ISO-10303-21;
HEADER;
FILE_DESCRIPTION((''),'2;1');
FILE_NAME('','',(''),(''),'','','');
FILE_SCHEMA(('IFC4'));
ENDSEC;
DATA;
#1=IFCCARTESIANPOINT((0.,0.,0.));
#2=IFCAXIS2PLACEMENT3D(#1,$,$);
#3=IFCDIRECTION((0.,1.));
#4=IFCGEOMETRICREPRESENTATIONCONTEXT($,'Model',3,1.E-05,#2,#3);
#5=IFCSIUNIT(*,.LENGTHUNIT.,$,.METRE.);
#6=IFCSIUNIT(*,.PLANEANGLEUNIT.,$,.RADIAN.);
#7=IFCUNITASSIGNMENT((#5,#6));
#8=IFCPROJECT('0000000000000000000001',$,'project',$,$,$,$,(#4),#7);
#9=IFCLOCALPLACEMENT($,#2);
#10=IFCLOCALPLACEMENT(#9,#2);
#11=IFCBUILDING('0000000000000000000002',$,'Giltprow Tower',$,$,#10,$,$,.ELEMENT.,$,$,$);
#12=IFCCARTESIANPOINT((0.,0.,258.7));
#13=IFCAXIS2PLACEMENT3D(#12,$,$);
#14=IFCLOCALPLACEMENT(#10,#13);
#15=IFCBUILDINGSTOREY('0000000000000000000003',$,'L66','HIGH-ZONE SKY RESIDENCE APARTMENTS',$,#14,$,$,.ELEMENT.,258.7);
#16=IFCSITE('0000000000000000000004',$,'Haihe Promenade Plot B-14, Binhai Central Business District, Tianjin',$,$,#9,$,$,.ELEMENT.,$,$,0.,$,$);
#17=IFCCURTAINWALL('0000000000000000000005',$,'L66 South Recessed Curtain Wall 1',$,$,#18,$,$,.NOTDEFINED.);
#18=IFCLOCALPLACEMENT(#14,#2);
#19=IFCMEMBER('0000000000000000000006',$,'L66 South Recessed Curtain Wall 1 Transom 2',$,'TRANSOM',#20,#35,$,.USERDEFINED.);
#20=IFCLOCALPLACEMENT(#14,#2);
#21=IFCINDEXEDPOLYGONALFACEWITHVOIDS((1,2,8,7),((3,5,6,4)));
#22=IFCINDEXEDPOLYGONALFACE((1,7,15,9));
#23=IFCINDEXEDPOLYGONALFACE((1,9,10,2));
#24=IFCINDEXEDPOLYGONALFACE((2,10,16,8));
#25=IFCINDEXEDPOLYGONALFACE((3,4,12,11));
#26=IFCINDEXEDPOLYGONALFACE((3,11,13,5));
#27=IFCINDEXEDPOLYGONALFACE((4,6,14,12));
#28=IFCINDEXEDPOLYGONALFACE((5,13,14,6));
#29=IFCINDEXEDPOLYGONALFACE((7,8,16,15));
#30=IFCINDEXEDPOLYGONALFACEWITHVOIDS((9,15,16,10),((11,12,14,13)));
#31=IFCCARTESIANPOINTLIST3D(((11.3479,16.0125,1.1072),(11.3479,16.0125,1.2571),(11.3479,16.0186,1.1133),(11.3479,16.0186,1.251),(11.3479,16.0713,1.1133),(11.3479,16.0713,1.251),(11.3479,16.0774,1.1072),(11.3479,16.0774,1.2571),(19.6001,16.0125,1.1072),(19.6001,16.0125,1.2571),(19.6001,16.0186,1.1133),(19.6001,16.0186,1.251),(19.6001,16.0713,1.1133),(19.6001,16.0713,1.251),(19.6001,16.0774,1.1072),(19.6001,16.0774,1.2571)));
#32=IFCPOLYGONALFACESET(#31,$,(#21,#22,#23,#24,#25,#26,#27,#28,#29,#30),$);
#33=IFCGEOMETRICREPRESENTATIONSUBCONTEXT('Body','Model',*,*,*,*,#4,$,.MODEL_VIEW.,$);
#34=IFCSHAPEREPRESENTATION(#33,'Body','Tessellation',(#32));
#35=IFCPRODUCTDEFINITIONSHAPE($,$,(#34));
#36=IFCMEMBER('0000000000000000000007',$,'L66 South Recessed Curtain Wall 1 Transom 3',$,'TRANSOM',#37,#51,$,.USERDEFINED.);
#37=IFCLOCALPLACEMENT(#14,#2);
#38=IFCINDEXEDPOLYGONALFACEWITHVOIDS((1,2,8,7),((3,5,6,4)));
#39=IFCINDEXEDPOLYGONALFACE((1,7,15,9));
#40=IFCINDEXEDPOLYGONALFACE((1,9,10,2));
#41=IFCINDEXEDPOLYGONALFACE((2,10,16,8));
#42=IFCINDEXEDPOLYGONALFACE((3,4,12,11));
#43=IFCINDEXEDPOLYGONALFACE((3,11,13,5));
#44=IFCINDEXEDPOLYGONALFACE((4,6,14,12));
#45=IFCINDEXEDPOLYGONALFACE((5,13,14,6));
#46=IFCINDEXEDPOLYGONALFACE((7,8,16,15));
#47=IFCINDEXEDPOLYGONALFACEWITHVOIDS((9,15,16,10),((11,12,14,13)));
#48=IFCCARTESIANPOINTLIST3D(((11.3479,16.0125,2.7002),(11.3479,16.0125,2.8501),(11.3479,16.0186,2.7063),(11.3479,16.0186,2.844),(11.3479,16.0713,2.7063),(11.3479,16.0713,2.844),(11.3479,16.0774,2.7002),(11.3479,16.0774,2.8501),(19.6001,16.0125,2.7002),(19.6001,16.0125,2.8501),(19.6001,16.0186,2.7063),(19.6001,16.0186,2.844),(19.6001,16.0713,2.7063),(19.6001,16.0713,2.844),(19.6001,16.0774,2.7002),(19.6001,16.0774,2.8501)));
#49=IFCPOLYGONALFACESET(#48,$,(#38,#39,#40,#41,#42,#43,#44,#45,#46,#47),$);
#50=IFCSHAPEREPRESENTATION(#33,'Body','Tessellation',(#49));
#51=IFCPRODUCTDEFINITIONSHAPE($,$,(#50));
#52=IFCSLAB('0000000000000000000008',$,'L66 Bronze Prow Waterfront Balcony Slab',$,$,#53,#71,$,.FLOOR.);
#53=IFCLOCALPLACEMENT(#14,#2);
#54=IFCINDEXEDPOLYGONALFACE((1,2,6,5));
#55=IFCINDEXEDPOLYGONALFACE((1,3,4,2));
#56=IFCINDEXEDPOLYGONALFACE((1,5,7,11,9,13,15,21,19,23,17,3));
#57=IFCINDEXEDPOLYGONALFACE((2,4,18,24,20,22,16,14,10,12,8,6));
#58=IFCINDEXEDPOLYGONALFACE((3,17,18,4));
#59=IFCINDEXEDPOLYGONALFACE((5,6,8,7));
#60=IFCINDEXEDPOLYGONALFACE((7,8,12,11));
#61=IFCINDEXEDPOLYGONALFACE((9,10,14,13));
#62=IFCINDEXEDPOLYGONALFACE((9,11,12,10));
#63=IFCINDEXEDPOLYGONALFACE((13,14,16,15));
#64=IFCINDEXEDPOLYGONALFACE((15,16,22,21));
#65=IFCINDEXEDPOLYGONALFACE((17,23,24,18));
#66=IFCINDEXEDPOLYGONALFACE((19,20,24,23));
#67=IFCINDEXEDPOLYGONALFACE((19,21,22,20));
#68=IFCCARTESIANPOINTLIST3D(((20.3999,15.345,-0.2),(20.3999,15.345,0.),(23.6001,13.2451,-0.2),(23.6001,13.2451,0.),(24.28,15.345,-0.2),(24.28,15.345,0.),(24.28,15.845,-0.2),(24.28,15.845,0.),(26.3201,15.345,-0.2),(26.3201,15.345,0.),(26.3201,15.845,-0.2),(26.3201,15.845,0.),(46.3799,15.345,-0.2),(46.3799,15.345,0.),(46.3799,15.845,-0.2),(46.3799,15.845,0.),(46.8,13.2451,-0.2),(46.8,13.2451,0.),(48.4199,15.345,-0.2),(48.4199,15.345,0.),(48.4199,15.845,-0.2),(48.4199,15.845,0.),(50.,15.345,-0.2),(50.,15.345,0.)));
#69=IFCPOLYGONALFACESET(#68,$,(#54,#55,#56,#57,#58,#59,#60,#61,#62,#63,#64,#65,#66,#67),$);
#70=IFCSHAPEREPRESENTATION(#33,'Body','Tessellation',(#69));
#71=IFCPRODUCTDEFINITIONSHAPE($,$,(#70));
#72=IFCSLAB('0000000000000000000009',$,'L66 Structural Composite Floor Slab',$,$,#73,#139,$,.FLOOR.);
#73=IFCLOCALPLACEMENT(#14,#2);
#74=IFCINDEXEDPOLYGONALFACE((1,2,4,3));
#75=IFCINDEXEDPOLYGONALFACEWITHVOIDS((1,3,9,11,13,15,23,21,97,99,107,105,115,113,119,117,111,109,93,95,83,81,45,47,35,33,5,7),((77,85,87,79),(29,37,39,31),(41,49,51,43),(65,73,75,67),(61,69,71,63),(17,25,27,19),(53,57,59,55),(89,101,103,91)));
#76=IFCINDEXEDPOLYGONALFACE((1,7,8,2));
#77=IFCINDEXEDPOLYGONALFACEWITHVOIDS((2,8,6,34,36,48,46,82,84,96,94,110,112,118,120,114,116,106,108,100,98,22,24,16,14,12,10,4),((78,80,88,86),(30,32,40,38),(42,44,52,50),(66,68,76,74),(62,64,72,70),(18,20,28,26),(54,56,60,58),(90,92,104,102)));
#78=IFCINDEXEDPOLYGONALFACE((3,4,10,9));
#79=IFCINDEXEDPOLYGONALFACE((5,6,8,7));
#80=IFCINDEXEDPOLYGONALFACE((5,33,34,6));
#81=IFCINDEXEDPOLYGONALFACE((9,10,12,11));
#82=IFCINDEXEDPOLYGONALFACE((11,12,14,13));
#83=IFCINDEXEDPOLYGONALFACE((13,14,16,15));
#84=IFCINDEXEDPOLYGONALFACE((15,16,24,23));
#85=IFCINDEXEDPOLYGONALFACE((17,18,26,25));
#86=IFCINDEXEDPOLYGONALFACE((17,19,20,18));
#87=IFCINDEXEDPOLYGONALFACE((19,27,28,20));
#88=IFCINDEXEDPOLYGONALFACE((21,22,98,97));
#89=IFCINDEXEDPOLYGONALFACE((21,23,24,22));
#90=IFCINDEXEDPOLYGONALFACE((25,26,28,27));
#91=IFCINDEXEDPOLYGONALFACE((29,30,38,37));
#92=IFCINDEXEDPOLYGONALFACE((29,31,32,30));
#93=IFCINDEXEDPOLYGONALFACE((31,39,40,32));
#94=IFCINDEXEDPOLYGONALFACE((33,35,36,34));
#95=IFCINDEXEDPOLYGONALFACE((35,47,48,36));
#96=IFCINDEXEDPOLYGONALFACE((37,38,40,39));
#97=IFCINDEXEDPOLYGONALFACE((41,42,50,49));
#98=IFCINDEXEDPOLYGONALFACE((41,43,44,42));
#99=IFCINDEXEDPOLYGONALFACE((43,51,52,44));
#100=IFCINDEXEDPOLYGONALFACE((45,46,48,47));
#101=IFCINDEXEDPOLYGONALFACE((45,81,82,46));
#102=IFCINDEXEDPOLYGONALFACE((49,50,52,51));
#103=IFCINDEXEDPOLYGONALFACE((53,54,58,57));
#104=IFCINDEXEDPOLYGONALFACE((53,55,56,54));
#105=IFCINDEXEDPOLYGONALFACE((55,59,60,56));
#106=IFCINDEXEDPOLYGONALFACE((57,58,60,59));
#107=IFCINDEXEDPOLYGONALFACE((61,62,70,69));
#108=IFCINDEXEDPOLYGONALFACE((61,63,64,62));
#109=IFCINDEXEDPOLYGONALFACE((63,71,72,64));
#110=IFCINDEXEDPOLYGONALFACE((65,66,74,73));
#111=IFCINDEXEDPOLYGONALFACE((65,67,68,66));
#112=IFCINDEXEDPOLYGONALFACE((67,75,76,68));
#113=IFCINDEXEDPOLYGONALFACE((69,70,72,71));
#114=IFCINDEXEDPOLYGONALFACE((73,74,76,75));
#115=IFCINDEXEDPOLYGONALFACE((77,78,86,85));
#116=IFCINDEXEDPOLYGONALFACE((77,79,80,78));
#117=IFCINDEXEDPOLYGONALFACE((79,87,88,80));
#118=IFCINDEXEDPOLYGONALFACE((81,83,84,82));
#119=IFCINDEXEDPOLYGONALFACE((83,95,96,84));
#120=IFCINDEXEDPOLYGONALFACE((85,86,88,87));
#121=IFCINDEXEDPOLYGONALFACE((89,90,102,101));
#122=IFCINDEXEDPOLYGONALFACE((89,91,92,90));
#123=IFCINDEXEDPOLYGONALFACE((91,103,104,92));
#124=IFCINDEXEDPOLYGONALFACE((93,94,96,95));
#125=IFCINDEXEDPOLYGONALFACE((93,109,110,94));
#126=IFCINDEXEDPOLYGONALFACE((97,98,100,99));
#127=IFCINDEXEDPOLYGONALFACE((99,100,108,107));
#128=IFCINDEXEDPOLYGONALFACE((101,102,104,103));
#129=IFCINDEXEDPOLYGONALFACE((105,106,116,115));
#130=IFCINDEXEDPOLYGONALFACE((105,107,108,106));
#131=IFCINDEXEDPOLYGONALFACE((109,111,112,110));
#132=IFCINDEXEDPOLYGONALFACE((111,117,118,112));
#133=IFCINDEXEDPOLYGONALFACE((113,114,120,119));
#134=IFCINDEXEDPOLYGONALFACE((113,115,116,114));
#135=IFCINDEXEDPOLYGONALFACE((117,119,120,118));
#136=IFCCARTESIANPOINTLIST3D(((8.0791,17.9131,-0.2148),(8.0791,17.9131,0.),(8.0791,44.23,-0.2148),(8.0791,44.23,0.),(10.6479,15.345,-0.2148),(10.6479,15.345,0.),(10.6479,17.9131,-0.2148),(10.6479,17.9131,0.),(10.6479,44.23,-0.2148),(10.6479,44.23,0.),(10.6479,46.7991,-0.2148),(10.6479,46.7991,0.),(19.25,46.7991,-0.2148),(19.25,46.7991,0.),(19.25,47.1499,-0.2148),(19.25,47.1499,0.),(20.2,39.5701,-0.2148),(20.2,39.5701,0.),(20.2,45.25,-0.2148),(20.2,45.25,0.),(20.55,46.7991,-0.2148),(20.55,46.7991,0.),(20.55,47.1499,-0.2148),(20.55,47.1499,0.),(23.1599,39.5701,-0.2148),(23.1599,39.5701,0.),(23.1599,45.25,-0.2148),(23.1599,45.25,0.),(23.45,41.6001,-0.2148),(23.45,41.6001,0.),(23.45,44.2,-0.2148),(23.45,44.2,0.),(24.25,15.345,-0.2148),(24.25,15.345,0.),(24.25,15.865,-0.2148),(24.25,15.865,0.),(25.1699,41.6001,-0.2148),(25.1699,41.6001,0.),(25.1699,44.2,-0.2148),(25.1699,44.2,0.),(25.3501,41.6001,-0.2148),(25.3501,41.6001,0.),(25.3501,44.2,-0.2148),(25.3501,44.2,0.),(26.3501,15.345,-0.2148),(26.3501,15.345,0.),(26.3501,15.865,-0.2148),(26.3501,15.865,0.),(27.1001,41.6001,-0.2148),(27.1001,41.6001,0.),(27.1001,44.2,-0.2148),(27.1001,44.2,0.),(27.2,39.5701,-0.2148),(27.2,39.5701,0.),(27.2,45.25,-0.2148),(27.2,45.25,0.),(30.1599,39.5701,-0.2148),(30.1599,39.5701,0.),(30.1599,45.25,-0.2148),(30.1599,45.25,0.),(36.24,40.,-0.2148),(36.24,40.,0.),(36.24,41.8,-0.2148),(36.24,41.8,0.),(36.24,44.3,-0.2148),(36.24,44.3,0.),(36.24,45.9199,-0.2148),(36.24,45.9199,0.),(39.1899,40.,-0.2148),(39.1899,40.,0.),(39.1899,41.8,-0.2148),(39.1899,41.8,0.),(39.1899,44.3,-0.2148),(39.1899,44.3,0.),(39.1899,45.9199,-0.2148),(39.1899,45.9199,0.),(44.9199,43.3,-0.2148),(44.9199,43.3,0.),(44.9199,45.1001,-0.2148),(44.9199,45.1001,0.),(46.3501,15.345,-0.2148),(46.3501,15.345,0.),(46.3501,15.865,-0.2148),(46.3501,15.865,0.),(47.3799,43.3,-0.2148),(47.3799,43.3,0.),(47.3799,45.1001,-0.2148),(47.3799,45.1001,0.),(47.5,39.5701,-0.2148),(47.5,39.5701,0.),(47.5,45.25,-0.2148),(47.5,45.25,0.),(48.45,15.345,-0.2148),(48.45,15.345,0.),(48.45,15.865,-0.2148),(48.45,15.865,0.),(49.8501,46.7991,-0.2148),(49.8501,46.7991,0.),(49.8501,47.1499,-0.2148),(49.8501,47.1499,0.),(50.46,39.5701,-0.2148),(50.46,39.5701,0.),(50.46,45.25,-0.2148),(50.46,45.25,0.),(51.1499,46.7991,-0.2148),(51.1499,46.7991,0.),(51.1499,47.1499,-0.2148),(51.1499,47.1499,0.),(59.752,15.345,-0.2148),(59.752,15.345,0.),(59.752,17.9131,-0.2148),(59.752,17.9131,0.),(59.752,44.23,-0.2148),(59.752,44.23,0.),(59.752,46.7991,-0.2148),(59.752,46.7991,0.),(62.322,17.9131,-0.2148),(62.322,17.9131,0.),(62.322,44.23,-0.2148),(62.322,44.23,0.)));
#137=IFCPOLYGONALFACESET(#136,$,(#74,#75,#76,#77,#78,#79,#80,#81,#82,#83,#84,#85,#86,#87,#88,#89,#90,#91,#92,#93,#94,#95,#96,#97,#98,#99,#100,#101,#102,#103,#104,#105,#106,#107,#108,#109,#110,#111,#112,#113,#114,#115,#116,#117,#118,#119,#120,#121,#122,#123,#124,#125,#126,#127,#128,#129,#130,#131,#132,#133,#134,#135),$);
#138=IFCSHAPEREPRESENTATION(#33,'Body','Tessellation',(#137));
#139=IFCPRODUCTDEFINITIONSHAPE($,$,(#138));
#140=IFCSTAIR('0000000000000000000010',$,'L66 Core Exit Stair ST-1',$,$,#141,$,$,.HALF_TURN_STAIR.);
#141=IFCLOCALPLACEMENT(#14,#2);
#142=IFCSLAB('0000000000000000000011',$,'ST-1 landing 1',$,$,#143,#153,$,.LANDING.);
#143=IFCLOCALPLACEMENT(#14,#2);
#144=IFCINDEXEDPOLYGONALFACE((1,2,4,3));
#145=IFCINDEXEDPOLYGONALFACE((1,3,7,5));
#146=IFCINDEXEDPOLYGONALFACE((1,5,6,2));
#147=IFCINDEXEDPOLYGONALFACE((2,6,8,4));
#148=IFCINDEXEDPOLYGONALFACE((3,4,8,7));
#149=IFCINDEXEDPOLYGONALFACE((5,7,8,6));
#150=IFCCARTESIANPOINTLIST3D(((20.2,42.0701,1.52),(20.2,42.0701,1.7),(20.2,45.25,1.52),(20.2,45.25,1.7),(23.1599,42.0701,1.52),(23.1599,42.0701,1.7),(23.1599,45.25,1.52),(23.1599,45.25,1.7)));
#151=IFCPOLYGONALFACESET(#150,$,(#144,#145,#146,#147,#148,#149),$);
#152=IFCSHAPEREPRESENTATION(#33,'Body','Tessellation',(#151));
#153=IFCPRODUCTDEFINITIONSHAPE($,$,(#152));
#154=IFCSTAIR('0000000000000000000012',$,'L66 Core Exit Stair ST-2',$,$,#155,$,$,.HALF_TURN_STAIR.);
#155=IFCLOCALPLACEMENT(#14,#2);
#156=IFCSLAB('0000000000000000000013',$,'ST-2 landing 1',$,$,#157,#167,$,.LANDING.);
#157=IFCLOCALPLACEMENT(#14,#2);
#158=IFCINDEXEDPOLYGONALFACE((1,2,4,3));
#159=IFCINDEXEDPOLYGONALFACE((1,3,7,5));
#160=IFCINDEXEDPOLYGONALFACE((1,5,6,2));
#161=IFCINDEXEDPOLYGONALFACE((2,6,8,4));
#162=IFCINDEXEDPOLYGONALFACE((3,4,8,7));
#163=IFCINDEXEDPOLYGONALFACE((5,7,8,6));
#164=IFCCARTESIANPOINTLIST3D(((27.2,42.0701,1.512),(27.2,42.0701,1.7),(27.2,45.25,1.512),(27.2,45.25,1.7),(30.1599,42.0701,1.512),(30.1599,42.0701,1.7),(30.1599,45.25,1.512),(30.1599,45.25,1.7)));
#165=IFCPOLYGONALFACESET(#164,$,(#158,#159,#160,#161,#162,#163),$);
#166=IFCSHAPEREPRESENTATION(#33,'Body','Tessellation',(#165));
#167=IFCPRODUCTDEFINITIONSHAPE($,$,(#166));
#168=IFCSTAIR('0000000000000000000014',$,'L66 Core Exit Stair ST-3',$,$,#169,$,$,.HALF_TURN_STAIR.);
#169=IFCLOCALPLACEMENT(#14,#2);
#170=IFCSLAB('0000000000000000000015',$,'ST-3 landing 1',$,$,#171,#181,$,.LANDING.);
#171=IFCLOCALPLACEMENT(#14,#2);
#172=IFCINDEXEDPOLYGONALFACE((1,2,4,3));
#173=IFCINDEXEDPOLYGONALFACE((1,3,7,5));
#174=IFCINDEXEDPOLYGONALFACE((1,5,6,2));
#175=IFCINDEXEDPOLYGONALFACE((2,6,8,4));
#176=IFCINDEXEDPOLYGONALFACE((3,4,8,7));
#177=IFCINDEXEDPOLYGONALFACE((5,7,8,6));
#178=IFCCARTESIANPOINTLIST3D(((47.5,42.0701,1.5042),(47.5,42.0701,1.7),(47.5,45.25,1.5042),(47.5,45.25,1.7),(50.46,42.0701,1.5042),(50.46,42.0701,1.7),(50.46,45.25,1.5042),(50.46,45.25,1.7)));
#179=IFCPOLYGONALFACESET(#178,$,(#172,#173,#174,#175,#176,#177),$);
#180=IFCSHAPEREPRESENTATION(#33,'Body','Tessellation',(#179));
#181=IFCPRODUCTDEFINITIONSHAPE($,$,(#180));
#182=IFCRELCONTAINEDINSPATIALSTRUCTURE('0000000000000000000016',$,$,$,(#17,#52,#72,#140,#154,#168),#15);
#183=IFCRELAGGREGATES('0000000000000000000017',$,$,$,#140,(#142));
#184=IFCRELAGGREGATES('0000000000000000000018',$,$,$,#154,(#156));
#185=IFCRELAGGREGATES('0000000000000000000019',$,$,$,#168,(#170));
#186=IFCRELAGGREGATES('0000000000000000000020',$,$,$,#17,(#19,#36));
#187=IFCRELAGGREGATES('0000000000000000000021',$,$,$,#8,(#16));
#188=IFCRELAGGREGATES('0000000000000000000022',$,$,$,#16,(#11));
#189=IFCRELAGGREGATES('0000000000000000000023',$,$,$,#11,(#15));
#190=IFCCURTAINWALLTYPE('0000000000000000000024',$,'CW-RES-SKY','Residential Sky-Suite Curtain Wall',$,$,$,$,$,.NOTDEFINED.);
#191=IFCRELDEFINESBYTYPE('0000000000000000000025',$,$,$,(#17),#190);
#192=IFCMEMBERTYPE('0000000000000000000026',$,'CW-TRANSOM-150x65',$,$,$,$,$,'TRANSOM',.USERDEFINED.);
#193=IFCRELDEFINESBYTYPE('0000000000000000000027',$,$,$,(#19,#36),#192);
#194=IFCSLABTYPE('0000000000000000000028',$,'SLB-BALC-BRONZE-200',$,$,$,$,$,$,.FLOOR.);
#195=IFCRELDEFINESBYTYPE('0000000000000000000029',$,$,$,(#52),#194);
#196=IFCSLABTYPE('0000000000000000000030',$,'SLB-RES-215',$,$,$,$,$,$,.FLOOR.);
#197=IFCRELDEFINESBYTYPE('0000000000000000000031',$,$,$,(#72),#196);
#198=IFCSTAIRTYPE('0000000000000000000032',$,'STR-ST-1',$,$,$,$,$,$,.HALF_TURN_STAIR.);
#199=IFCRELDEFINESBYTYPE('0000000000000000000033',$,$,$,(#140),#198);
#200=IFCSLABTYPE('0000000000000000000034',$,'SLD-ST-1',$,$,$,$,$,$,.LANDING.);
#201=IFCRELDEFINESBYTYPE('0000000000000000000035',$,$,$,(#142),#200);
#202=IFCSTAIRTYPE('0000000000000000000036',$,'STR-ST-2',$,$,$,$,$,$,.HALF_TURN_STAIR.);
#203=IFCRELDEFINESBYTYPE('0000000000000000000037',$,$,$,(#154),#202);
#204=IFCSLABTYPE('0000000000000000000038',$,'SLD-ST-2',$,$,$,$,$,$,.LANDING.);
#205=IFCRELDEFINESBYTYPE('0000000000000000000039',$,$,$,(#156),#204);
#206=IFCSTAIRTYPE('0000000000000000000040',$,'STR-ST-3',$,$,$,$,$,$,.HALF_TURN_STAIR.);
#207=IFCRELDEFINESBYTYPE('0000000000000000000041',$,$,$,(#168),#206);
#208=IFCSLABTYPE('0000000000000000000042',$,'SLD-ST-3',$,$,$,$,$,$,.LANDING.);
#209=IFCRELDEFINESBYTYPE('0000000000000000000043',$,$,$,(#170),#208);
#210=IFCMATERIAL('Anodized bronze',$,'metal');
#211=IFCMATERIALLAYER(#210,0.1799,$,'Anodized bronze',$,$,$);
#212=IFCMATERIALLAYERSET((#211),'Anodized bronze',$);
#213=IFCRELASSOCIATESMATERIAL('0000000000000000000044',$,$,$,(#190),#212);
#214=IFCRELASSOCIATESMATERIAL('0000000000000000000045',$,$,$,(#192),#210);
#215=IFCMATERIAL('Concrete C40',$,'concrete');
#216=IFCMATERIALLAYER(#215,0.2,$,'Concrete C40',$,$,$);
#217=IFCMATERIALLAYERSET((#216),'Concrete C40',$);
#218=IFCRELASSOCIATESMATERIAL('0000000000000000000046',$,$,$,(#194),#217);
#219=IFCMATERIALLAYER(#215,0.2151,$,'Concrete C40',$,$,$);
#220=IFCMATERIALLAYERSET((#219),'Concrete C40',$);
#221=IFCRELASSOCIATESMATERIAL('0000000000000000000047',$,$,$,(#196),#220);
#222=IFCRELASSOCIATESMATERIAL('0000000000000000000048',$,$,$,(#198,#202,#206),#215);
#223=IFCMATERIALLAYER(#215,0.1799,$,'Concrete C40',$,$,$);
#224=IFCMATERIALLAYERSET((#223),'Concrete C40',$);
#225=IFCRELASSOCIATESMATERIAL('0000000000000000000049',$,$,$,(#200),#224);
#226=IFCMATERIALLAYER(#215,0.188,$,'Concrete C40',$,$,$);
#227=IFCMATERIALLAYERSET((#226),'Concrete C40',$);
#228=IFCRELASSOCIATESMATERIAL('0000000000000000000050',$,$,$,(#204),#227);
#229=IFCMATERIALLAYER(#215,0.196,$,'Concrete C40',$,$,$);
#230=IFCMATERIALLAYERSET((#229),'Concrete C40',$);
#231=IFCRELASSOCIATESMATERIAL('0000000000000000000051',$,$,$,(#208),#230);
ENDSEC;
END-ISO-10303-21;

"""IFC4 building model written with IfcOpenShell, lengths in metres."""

from ifc_helpers import new_model, si_unit, direction, frame, origin, origin_2d, place, context, subcontext, project, spatial, polyline, hollow_rectangle, outline, extrude, source, transform, mapped, material, layer, layer_set, material_profile, profile_set, type_object, element, aggregate, save


model = new_model("IFC4")

# Units and contexts
model_context = context("Model", 3, precision=1e-05, world=origin(), true_north=direction((0.0, 1.0)))
body_context = subcontext(model_context, "Body", "Model", "MODEL_VIEW")
ifc_project = project(units=[si_unit("LENGTHUNIT", "METRE"), si_unit("PLANEANGLEUNIT", "RADIAN")], contexts=[model_context])

# Site, building, storey
site_placement = place(None, origin())
site = spatial("IfcSite", under=ifc_project, at=site_placement, Name="Haihe Promenade Plot B-14, Binhai Central Business District, Tianjin", CompositionType="ELEMENT", RefElevation=0.0)
building_placement = place(site_placement, origin())
building = spatial("IfcBuilding", under=site, at=building_placement, Name="Giltprow Tower", CompositionType="ELEMENT")
storey_placement = place(building_placement, frame((0.0, 0.0, 258.7)))
storey = spatial("IfcBuildingStorey", under=building, at=storey_placement, Name="L66", Description="HIGH-ZONE SKY RESIDENCE APARTMENTS", CompositionType="ELEMENT", Elevation=258.7)

# Curtain wall, members
ifc_material_1 = material(Name="Anodized bronze", Category="metal")
ifc_layer_1 = layer(ifc_material_1, 0.1799, Name="Anodized bronze")
ifc_layer_set_1 = layer_set([ifc_layer_1], Name="Anodized bronze")
curtain_wall_type = type_object("IfcCurtainWallType", Name="CW-RES-SKY", Description="Residential Sky-Suite Curtain Wall", PredefinedType="NOTDEFINED", material=ifc_layer_set_1)
curtain_wall_placement = place(storey_placement, origin())
curtain_wall = element("IfcCurtainWall", 1, at=curtain_wall_placement, inside=storey, type_object=curtain_wall_type, Name="L66 South Recessed Curtain Wall 1", PredefinedType="NOTDEFINED")
ifc_material_profile_1 = material_profile(ifc_material_1, hollow_rectangle(XDim=0.0649, YDim=0.1499, WallThickness=0.0061, at=origin_2d()), Name="RHS 150x65x6")
ifc_profile_set_1 = profile_set([ifc_material_profile_1], Name="Anodized bronze")
member_type_1 = type_object("IfcMemberType", Name="CW-TRANSOM-150x65", ElementType="TRANSOM", PredefinedType="USERDEFINED", material=ifc_profile_set_1)
shared_shape_1 = source(origin(), body_context, "Body", "SweptSolid", [
    extrude(hollow_rectangle(XDim=0.0649, YDim=0.1499, WallThickness=0.0061, at=origin_2d()), origin(), (0.0, 0.0, 1.0), 8.2522),
])
member_1_placement = place(storey_placement, frame((11.3479, 16.0449, 1.1821), z_axis=(1.0, 0.0, 0.0), x_axis=(0.0, 1.0, 0.0)))
member_1 = element("IfcMember", 2, at=member_1_placement, type_object=member_type_1, Name="L66 South Recessed Curtain Wall 1 Transom 2", ObjectType="TRANSOM", PredefinedType="USERDEFINED", context=body_context, shape_type="MappedRepresentation", body=[
    mapped(shared_shape_1, transform((0.0, 0.0, 0.0), x_axis=(1.0, 0.0, 0.0), y_axis=(0.0, 1.0, 0.0), z_axis=(0.0, 0.0, 1.0), scale=1.0)),
])
member_2_placement = place(storey_placement, frame((11.3479, 16.0449, 2.7751), z_axis=(1.0, 0.0, 0.0), x_axis=(0.0, 1.0, 0.0)))
member_2 = element("IfcMember", 3, at=member_2_placement, type_object=member_type_1, Name="L66 South Recessed Curtain Wall 1 Transom 3", ObjectType="TRANSOM", PredefinedType="USERDEFINED", context=body_context, shape_type="MappedRepresentation", body=[
    mapped(shared_shape_1, transform((0.0, 0.0, 0.0), x_axis=(1.0, 0.0, 0.0), y_axis=(0.0, 1.0, 0.0), z_axis=(0.0, 0.0, 1.0), scale=1.0)),
])

# Slabs
ifc_material_2 = material(Name="Concrete C40", Category="concrete")
ifc_layer_2 = layer(ifc_material_2, 0.2, Name="Concrete C40")
ifc_layer_set_2 = layer_set([ifc_layer_2], Name="Concrete C40")
slab_type_1 = type_object("IfcSlabType", Name="SLB-BALC-BRONZE-200", PredefinedType="FLOOR", material=ifc_layer_set_2)
slab_1_placement = place(storey_placement, frame((0.0, 0.0, -0.2)))
element("IfcSlab", 4, at=slab_1_placement, inside=storey, type_object=slab_type_1, Name="L66 Bronze Prow Waterfront Balcony Slab", PredefinedType="FLOOR", context=body_context, shape_type="SweptSolid", body=[
    extrude(outline(polyline([(50.0, 15.345), (46.8, 13.2451), (23.6001, 13.2451), (20.3999, 15.345), (24.28, 15.345), (24.28, 15.845), (26.3201, 15.845), (26.3201, 15.345), (46.3799, 15.345), (46.3799, 15.845), (48.4199, 15.845), (48.4199, 15.345), (50.0, 15.345)])), origin(), (0.0, 0.0, 1.0), 0.2),
])
ifc_layer_3 = layer(ifc_material_2, 0.2151, Name="Concrete C40")
ifc_layer_set_3 = layer_set([ifc_layer_3], Name="Concrete C40")
slab_type_2 = type_object("IfcSlabType", Name="SLB-RES-215", PredefinedType="FLOOR", material=ifc_layer_set_3)
slab_2_placement = place(storey_placement, frame((0.0, 0.0, -0.2148)))
element("IfcSlab", 5, at=slab_2_placement, inside=storey, type_object=slab_type_2, Name="L66 Structural Composite Floor Slab", PredefinedType="FLOOR", context=body_context, shape_type="SweptSolid", body=[
    extrude(outline(polyline([(62.322, 44.23), (62.322, 17.9131), (59.752, 17.9131), (59.752, 15.345), (48.45, 15.345), (48.45, 15.865), (46.3501, 15.865), (46.3501, 15.345), (26.3501, 15.345), (26.3501, 15.865), (24.25, 15.865), (24.25, 15.345), (10.6479, 15.345), (10.6479, 17.9131), (8.0791, 17.9131), (8.0791, 44.23), (10.6479, 44.23), (10.6479, 46.7991), (19.25, 46.7991), (19.25, 47.1499), (20.55, 47.1499), (20.55, 46.7991), (49.8501, 46.7991), (49.8501, 47.1499), (51.1499, 47.1499), (51.1499, 46.7991), (59.752, 46.7991), (59.752, 44.23), (62.322, 44.23)]), holes=[polyline([(39.1899, 41.8), (36.24, 41.8), (36.24, 40.0), (39.1899, 40.0), (39.1899, 41.8)]), polyline([(23.1599, 39.5701), (23.1599, 45.25), (20.2, 45.25), (20.2, 39.5701), (23.1599, 39.5701)]), polyline([(30.1599, 39.5701), (30.1599, 45.25), (27.2, 45.25), (27.2, 39.5701), (30.1599, 39.5701)]), polyline([(50.46, 45.25), (47.5, 45.25), (47.5, 39.5701), (50.46, 39.5701), (50.46, 45.25)]), polyline([(25.1699, 44.2), (23.45, 44.2), (23.45, 41.6001), (25.1699, 41.6001), (25.1699, 44.2)]), polyline([(27.1001, 44.2), (25.3501, 44.2), (25.3501, 41.6001), (27.1001, 41.6001), (27.1001, 44.2)]), polyline([(47.3799, 43.3), (47.3799, 45.1001), (44.9199, 45.1001), (44.9199, 43.3), (47.3799, 43.3)]), polyline([(39.1899, 44.3), (39.1899, 45.9199), (36.24, 45.9199), (36.24, 44.3), (39.1899, 44.3)])]), origin(), (0.0, 0.0, 1.0), 0.2148),
])

# Stairs, slabs
stair_type_1 = type_object("IfcStairType", Name="STR-ST-1", PredefinedType="HALF_TURN_STAIR", material=ifc_material_2)
stair_1_placement = place(storey_placement, origin())
stair_1 = element("IfcStair", 6, at=stair_1_placement, inside=storey, type_object=stair_type_1, Name="L66 Core Exit Stair ST-1", PredefinedType="HALF_TURN_STAIR")
ifc_layer_4 = layer(ifc_material_2, 0.1799, Name="Concrete C40")
ifc_layer_set_4 = layer_set([ifc_layer_4], Name="Concrete C40")
slab_type_3 = type_object("IfcSlabType", Name="SLD-ST-1", PredefinedType="LANDING", material=ifc_layer_set_4)
slab_3_placement = place(storey_placement, frame((0.0, 0.0, 1.52)))
slab_3 = element("IfcSlab", 7, at=slab_3_placement, type_object=slab_type_3, Name="ST-1 landing 1", PredefinedType="LANDING", context=body_context, shape_type="SweptSolid", body=[
    extrude(outline(polyline([(23.1599, 42.0701), (23.1599, 45.25), (20.2, 45.25), (20.2, 42.0701), (23.1599, 42.0701)])), origin(), (0.0, 0.0, 1.0), 0.1799),
])
aggregate(stair_1, [slab_3])
stair_type_2 = type_object("IfcStairType", Name="STR-ST-2", PredefinedType="HALF_TURN_STAIR", material=ifc_material_2)
stair_2_placement = place(storey_placement, origin())
stair_2 = element("IfcStair", 8, at=stair_2_placement, inside=storey, type_object=stair_type_2, Name="L66 Core Exit Stair ST-2", PredefinedType="HALF_TURN_STAIR")
ifc_layer_5 = layer(ifc_material_2, 0.188, Name="Concrete C40")
ifc_layer_set_5 = layer_set([ifc_layer_5], Name="Concrete C40")
slab_type_4 = type_object("IfcSlabType", Name="SLD-ST-2", PredefinedType="LANDING", material=ifc_layer_set_5)
slab_4_placement = place(storey_placement, frame((0.0, 0.0, 1.512)))
slab_4 = element("IfcSlab", 9, at=slab_4_placement, type_object=slab_type_4, Name="ST-2 landing 1", PredefinedType="LANDING", context=body_context, shape_type="SweptSolid", body=[
    extrude(outline(polyline([(30.1599, 42.0701), (30.1599, 45.25), (27.2, 45.25), (27.2, 42.0701), (30.1599, 42.0701)])), origin(), (0.0, 0.0, 1.0), 0.188),
])
aggregate(stair_2, [slab_4])
stair_type_3 = type_object("IfcStairType", Name="STR-ST-3", PredefinedType="HALF_TURN_STAIR", material=ifc_material_2)
stair_3_placement = place(storey_placement, origin())
stair_3 = element("IfcStair", 10, at=stair_3_placement, inside=storey, type_object=stair_type_3, Name="L66 Core Exit Stair ST-3", PredefinedType="HALF_TURN_STAIR")
ifc_layer_6 = layer(ifc_material_2, 0.196, Name="Concrete C40")
ifc_layer_set_6 = layer_set([ifc_layer_6], Name="Concrete C40")
slab_type_5 = type_object("IfcSlabType", Name="SLD-ST-3", PredefinedType="LANDING", material=ifc_layer_set_6)
slab_5_placement = place(storey_placement, frame((0.0, 0.0, 1.5042)))
slab_5 = element("IfcSlab", 11, at=slab_5_placement, type_object=slab_type_5, Name="ST-3 landing 1", PredefinedType="LANDING", context=body_context, shape_type="SweptSolid", body=[
    extrude(outline(polyline([(50.46, 42.0701), (50.46, 45.25), (47.5, 45.25), (47.5, 42.0701), (50.46, 42.0701)])), origin(), (0.0, 0.0, 1.0), 0.1958),
])
aggregate(stair_3, [slab_5])

aggregate(curtain_wall, [member_1, member_2])

save(model, "model.ifc")
